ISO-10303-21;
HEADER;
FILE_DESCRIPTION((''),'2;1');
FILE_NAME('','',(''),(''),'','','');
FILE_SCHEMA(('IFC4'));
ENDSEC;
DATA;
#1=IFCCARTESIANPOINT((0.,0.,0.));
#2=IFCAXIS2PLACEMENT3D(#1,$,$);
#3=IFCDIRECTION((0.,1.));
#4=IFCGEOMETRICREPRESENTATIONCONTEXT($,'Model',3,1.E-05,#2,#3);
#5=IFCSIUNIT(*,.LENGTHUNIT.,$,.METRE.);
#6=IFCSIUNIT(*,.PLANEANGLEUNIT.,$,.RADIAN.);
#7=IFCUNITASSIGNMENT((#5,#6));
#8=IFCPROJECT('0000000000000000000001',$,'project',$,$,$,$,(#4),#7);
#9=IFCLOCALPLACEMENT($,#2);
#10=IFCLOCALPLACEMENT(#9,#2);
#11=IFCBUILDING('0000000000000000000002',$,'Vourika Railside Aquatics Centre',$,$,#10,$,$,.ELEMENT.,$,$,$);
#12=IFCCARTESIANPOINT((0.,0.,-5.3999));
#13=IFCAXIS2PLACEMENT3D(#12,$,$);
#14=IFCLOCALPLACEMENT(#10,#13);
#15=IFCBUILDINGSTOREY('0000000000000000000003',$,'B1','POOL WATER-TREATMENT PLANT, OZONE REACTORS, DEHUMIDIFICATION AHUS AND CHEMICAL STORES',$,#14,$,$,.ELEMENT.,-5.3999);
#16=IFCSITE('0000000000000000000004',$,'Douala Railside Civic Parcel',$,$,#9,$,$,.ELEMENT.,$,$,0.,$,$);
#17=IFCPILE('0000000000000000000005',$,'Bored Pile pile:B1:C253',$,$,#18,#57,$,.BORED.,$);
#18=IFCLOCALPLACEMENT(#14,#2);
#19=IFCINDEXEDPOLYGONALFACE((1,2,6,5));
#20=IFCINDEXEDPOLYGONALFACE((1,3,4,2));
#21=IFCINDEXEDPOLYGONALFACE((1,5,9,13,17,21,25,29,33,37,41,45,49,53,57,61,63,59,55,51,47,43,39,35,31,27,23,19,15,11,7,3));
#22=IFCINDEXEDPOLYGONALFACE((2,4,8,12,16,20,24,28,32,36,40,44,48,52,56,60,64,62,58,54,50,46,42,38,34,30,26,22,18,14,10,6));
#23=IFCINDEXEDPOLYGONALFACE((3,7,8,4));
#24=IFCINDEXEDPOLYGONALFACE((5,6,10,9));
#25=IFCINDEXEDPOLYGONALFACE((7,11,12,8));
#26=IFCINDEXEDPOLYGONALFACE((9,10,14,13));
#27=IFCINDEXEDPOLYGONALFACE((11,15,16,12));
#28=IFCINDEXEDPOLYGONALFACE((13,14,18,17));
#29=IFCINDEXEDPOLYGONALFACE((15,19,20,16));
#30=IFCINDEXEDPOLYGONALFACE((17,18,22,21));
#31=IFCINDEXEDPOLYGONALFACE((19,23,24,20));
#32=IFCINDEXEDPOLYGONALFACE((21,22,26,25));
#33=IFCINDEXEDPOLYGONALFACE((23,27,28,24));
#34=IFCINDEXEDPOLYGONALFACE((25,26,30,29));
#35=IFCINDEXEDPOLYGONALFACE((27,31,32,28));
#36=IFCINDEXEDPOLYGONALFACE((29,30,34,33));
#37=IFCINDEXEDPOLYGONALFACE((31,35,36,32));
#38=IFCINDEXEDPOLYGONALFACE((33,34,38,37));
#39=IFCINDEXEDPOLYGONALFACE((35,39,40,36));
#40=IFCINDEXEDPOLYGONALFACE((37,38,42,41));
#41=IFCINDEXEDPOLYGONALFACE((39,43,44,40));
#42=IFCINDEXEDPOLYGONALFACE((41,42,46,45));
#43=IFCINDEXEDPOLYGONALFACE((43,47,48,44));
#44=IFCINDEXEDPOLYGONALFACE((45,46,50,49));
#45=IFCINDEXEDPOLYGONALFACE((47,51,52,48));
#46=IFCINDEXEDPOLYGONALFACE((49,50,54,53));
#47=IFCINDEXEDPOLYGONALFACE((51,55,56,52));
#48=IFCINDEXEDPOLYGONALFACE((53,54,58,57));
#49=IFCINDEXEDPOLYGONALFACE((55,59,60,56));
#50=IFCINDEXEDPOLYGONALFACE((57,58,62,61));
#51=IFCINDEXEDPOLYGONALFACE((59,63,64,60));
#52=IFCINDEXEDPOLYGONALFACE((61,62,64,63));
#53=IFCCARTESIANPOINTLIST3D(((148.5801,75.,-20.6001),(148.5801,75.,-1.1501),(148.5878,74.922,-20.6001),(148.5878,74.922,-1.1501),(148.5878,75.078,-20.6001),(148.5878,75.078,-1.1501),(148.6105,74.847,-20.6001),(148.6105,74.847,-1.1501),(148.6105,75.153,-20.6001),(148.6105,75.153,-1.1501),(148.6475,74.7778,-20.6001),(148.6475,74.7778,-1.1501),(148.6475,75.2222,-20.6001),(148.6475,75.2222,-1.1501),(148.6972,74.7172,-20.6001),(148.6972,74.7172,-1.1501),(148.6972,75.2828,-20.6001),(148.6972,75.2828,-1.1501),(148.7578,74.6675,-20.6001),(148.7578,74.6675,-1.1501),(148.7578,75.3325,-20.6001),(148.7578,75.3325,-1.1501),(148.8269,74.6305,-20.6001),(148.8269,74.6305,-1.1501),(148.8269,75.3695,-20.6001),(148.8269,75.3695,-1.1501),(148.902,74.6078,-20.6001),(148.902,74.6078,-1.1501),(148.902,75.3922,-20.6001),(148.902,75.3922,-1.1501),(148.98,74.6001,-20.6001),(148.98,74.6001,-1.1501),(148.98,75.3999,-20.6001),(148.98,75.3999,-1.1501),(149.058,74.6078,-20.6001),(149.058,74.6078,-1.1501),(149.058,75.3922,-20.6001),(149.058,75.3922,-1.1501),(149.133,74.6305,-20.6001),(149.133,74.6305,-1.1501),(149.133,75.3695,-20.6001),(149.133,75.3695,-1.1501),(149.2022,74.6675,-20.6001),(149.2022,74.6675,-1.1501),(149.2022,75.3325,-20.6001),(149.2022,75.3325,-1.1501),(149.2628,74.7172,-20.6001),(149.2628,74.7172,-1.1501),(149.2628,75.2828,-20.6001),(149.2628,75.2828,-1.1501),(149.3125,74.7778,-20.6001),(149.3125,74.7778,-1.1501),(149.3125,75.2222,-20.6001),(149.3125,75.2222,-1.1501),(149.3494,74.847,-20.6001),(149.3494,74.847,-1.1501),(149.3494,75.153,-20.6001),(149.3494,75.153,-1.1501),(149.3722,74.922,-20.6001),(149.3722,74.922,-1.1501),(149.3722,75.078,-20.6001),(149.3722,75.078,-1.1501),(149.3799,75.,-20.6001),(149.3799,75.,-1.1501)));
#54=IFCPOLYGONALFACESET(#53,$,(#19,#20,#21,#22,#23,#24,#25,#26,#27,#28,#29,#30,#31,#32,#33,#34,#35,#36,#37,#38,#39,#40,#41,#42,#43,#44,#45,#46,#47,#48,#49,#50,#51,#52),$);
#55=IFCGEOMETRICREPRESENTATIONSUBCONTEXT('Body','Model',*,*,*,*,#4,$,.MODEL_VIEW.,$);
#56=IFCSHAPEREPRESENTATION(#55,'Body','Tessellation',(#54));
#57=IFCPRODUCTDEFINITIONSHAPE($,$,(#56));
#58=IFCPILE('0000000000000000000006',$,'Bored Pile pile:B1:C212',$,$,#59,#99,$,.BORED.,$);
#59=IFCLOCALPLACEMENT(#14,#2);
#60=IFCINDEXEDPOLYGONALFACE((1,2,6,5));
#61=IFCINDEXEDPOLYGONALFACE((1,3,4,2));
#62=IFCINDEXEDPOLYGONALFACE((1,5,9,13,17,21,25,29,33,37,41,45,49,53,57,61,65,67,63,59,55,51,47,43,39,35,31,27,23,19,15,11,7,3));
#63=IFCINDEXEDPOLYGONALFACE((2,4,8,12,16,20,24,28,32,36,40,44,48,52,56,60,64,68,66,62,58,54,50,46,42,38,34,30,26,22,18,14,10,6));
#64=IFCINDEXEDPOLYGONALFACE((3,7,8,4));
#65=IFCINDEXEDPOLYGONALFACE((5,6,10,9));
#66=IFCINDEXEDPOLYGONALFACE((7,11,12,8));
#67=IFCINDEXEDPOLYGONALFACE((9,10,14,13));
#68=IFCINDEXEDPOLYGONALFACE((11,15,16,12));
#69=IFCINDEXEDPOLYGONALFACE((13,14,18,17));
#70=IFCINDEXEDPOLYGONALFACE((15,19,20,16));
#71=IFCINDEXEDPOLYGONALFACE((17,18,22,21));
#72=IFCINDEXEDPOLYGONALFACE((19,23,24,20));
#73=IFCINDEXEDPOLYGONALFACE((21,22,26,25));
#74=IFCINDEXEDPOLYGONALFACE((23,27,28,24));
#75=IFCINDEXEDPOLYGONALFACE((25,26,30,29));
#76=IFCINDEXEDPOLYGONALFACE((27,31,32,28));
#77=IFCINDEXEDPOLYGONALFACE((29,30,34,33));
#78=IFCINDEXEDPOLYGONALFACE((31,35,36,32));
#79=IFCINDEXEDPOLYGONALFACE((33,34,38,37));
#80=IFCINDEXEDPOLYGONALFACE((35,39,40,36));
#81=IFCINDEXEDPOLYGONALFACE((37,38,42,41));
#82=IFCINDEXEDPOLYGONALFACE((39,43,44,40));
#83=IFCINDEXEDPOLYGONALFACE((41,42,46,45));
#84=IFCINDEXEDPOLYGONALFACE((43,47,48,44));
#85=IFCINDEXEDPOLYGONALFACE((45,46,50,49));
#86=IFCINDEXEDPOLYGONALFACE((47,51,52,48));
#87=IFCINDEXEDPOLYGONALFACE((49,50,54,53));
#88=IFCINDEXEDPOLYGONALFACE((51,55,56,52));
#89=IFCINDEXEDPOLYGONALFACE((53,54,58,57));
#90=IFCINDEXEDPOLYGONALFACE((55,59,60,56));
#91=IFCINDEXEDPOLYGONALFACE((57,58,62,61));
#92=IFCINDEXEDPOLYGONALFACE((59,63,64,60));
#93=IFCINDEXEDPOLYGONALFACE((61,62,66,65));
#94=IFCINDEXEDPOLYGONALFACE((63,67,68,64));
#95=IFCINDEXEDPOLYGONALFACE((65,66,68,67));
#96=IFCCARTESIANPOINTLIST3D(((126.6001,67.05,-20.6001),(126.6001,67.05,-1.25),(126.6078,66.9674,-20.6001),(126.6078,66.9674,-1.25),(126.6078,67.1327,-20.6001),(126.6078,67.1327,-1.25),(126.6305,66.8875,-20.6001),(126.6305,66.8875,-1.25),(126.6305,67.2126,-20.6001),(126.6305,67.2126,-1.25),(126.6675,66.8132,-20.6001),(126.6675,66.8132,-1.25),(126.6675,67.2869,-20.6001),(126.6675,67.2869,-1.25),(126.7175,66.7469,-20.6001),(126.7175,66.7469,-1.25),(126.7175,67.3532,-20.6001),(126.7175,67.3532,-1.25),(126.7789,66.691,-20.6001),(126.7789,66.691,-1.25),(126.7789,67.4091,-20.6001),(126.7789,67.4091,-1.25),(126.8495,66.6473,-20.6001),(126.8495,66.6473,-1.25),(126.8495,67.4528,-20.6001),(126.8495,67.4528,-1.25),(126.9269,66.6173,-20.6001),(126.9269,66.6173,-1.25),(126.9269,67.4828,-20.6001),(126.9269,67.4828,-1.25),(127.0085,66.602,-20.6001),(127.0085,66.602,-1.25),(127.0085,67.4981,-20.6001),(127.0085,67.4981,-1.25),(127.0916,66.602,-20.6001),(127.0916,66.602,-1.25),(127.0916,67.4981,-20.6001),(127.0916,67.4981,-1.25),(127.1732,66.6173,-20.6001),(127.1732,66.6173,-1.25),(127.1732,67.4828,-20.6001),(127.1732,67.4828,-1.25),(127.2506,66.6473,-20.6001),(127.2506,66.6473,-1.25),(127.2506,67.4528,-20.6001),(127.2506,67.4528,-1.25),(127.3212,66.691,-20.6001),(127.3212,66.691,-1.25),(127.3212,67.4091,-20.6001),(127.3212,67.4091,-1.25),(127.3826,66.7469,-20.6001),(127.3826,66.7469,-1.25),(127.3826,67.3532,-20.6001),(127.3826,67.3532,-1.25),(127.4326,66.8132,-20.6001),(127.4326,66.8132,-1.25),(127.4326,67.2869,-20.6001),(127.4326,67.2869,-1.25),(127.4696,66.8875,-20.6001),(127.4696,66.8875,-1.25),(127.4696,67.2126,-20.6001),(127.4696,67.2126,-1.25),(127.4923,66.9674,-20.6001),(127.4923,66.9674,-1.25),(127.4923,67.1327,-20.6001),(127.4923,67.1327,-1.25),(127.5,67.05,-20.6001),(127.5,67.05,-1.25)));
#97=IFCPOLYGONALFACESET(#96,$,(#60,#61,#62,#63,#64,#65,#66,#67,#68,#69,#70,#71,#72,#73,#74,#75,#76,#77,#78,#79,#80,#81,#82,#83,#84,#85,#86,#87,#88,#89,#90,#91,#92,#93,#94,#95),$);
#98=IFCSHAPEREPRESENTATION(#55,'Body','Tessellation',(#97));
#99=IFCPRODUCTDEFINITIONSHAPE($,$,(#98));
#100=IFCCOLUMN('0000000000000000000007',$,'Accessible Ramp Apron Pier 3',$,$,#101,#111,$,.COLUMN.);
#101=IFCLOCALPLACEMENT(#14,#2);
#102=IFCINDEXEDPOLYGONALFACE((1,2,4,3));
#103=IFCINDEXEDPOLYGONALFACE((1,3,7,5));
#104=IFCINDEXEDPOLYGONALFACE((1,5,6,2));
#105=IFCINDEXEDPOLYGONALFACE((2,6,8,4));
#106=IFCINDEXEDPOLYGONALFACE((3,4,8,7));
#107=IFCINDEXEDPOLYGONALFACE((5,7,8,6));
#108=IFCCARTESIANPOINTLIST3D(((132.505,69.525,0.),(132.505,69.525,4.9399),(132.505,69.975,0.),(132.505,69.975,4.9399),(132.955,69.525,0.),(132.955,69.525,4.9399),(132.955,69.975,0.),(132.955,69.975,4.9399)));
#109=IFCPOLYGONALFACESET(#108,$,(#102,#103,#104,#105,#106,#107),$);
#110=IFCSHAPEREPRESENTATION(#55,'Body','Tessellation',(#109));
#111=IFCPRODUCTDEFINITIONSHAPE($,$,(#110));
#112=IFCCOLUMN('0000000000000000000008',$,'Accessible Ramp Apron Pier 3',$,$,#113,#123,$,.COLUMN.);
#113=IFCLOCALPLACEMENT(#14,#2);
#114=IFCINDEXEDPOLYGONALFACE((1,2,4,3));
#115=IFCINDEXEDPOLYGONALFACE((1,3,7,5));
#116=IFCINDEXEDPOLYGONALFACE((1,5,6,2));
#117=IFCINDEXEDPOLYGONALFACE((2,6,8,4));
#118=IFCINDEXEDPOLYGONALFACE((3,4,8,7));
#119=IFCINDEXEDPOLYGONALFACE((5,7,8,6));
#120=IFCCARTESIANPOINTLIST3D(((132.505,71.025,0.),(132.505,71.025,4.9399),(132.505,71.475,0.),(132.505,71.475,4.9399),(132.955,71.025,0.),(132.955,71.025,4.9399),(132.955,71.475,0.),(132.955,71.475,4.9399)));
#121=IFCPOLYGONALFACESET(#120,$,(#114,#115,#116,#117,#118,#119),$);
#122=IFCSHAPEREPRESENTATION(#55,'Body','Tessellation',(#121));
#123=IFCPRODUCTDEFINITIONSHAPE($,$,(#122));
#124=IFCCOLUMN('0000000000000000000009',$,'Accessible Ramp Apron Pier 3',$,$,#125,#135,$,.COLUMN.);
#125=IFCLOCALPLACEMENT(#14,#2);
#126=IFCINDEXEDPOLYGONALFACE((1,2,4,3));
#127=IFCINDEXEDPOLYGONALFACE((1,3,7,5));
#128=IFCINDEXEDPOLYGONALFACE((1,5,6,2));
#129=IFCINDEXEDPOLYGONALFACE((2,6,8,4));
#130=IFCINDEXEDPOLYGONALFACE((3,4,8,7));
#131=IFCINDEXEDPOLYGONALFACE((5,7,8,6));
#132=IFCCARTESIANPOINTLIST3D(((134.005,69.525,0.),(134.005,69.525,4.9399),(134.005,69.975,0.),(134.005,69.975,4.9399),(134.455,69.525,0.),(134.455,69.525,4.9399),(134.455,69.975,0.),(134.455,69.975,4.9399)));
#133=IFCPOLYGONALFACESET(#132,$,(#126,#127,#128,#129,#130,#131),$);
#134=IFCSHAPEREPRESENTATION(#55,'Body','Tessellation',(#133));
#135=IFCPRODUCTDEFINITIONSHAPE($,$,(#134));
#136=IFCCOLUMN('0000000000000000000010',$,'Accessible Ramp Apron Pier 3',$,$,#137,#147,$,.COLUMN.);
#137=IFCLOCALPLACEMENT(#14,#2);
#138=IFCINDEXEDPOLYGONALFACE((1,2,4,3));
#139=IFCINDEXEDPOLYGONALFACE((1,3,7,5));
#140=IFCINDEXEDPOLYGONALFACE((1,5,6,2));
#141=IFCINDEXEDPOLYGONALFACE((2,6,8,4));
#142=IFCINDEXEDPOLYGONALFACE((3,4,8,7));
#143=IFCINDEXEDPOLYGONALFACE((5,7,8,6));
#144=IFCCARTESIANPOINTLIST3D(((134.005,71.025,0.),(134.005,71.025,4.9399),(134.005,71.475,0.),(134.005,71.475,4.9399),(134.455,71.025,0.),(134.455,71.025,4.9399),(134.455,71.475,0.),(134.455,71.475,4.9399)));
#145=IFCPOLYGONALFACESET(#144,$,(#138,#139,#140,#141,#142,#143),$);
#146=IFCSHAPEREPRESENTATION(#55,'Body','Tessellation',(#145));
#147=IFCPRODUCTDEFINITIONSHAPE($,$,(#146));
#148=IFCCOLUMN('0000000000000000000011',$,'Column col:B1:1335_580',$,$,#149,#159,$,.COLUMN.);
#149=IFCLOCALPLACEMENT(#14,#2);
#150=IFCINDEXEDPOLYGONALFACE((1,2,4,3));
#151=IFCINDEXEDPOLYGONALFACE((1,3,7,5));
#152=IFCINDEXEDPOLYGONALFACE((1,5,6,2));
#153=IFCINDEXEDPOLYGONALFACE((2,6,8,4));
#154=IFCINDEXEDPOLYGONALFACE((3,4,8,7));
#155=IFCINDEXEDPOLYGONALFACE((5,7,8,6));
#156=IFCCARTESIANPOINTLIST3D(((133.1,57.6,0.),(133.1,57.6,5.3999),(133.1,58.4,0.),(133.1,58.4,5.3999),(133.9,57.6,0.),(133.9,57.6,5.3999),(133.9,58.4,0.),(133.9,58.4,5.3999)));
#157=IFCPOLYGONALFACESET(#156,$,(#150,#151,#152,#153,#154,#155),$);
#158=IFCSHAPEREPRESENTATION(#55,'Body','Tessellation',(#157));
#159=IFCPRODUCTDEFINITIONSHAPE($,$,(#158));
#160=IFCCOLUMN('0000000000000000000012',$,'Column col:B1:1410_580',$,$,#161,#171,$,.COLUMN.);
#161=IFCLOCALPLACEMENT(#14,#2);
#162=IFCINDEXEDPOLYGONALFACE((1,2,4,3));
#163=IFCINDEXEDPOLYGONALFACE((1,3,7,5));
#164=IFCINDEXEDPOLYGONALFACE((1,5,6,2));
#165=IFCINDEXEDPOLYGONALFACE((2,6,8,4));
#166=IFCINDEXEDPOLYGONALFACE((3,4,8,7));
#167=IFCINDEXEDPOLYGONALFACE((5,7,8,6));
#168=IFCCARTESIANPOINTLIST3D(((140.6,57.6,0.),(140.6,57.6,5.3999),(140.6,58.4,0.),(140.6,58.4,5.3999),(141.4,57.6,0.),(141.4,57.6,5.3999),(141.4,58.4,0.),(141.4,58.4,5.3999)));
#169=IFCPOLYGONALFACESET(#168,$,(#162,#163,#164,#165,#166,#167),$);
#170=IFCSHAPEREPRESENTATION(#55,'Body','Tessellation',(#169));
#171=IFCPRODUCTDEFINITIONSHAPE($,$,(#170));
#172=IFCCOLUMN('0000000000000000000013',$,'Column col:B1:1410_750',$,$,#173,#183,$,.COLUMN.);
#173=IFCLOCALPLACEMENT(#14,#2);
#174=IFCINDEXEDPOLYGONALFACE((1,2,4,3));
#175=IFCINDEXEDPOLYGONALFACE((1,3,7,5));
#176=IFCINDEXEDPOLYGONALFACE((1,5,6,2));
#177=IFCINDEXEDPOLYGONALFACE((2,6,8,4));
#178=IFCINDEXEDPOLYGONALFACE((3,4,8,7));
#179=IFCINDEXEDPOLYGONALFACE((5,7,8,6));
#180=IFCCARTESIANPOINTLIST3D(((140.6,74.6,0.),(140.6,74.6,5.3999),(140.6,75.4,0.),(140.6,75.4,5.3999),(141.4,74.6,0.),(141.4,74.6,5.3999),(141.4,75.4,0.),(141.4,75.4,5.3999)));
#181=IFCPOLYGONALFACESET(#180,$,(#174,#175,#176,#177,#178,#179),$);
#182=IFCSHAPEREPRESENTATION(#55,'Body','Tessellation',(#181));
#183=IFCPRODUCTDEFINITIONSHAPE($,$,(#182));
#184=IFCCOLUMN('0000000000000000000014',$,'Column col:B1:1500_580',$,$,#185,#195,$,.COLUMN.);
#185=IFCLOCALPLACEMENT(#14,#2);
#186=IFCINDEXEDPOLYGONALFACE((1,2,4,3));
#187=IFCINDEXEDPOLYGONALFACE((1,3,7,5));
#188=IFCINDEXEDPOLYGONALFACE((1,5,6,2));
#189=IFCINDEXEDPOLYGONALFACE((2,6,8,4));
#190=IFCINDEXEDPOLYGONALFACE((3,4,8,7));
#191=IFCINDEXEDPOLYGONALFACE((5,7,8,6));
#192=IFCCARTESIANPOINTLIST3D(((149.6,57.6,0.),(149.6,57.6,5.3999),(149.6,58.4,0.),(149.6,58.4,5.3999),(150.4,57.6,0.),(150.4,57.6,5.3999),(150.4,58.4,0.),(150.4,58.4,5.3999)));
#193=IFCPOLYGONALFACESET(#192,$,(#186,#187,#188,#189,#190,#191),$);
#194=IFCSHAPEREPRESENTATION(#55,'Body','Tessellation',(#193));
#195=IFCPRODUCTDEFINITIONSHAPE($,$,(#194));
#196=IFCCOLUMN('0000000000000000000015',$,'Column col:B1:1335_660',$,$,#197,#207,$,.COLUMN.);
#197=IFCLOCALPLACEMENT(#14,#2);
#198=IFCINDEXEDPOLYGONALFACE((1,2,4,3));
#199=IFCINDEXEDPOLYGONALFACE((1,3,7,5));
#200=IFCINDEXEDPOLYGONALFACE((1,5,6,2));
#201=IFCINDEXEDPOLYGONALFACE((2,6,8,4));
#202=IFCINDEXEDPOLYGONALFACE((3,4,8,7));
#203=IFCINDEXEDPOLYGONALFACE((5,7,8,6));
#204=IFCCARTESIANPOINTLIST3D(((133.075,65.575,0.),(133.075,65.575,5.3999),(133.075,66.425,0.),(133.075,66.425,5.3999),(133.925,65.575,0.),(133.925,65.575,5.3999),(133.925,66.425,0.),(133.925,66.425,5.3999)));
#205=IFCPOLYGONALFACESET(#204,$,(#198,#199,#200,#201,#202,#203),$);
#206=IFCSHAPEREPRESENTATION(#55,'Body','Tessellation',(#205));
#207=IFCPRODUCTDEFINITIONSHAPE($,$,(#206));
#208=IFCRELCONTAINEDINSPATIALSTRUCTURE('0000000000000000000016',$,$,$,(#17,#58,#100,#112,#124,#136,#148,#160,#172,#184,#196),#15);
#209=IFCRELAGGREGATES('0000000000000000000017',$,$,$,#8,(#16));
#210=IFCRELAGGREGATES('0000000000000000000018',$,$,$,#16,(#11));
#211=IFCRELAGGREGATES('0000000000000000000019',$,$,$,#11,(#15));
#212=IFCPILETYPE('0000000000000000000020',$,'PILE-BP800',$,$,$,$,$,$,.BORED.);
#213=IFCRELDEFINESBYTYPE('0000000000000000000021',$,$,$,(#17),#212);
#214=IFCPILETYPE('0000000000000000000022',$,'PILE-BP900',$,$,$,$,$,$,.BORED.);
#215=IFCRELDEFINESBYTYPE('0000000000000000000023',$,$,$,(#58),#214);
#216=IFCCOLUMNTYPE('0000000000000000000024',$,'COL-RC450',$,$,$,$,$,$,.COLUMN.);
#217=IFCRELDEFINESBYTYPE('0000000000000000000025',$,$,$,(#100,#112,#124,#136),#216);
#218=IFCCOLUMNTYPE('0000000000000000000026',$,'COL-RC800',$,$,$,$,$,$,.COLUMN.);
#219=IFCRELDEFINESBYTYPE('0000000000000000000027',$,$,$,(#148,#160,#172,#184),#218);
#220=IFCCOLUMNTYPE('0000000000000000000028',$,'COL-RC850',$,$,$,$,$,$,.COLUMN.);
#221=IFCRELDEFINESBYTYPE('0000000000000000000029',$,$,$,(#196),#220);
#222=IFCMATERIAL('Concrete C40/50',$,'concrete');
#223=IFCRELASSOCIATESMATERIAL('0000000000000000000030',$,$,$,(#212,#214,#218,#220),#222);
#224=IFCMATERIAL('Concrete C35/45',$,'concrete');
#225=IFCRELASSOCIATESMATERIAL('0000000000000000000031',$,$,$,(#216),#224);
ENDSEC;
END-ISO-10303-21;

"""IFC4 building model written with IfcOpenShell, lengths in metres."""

from ifc_helpers import new_model, si_unit, direction, frame, origin, origin_2d, place, context, subcontext, project, spatial, rectangle, circle, extrude, material, material_profile, profile_set, type_object, element, save


model = new_model("IFC4")

# Units and contexts
model_context = context("Model", 3, precision=1e-05, world=origin(), true_north=direction((0.0, 1.0)))
body_context = subcontext(model_context, "Body", "Model", "MODEL_VIEW")
ifc_project = project(units=[si_unit("LENGTHUNIT", "METRE"), si_unit("PLANEANGLEUNIT", "RADIAN")], contexts=[model_context])

# Site, building, storey
site_placement = place(None, origin())
site = spatial("IfcSite", under=ifc_project, at=site_placement, Name="Douala Railside Civic Parcel", CompositionType="ELEMENT", RefElevation=0.0)
building_placement = place(site_placement, origin())
building = spatial("IfcBuilding", under=site, at=building_placement, Name="Vourika Railside Aquatics Centre", CompositionType="ELEMENT")
storey_placement = place(building_placement, frame((0.0, 0.0, -5.3999)))
storey = spatial("IfcBuildingStorey", under=building, at=storey_placement, Name="B1", Description="POOL WATER-TREATMENT PLANT, OZONE REACTORS, DEHUMIDIFICATION AHUS AND CHEMICAL STORES", CompositionType="ELEMENT", Elevation=-5.3999)

# Shared definitions
ifc_material_1 = material(Name="Concrete C40/50", Category="concrete")

# Piles
ifc_material_profile_1 = material_profile(ifc_material_1, circle(Radius=0.3999, at=origin_2d()), Name="BP 800")
ifc_profile_set_1 = profile_set([ifc_material_profile_1], Name="Concrete C40/50")
pile_type_1 = type_object("IfcPileType", Name="PILE-BP800", PredefinedType="BORED", material=ifc_profile_set_1)
for number, where, z_axis, x_axis, name in (
    (1, (148.98, 75.0, -1.1501), (0.0, 0.0, -1.0), (1.0, 0.0, 0.0), "Bored Pile pile:B1:C253"),
):
    element("IfcPile", number, at=place(storey_placement, frame(where, z_axis=z_axis, x_axis=x_axis)), inside=storey, type_object=pile_type_1, Name=name, PredefinedType="BORED", context=body_context, shape_type="SweptSolid", body=[
        extrude(circle(Radius=0.3999, at=origin_2d()), origin(), (0.0, 0.0, 1.0), 19.45),
    ])
ifc_material_profile_2 = material_profile(ifc_material_1, circle(Radius=0.45, at=origin_2d()), Name="BP 900")
ifc_profile_set_2 = profile_set([ifc_material_profile_2], Name="Concrete C40/50")
pile_type_2 = type_object("IfcPileType", Name="PILE-BP900", PredefinedType="BORED", material=ifc_profile_set_2)
pile_1_placement = place(storey_placement, frame((127.05, 67.05, -1.25), z_axis=(0.0, 0.0, -1.0), x_axis=(1.0, 0.0, 0.0)))
element("IfcPile", 2, at=pile_1_placement, inside=storey, type_object=pile_type_2, Name="Bored Pile pile:B1:C212", PredefinedType="BORED", context=body_context, shape_type="SweptSolid", body=[
    extrude(circle(Radius=0.45, at=origin_2d()), origin(), (0.0, 0.0, 1.0), 19.3501),
])

# Columns
ifc_material_2 = material(Name="Concrete C35/45", Category="concrete")
ifc_material_profile_3 = material_profile(ifc_material_2, rectangle(XDim=0.45, YDim=0.45, at=origin_2d()), Name="RC 450x450")
ifc_profile_set_3 = profile_set([ifc_material_profile_3], Name="Concrete C35/45")
column_type_1 = type_object("IfcColumnType", Name="COL-RC450", PredefinedType="COLUMN", material=ifc_profile_set_3)
for number, where, z_axis, x_axis, name in (
    (3, (132.73, 69.75, 0.0), (0.0, 0.0, 1.0), (1.0, 0.0, 0.0), "Accessible Ramp Apron Pier 3"),
    (4, (132.73, 71.25, 0.0), (0.0, 0.0, 1.0), (1.0, 0.0, 0.0), "Accessible Ramp Apron Pier 3"),
    (5, (134.23, 69.75, 0.0), (0.0, 0.0, 1.0), (1.0, 0.0, 0.0), "Accessible Ramp Apron Pier 3"),
    (6, (134.23, 71.25, 0.0), (0.0, 0.0, 1.0), (1.0, 0.0, 0.0), "Accessible Ramp Apron Pier 3"),
):
    element("IfcColumn", number, at=place(storey_placement, frame(where, z_axis=z_axis, x_axis=x_axis)), inside=storey, type_object=column_type_1, Name=name, PredefinedType="COLUMN", context=body_context, shape_type="SweptSolid", body=[
        extrude(rectangle(XDim=0.45, YDim=0.45, at=origin_2d()), origin(), (0.0, 0.0, 1.0), 4.9399),
    ])
ifc_material_profile_4 = material_profile(ifc_material_1, rectangle(XDim=0.8, YDim=0.8, at=origin_2d()), Name="RC 800x800")
ifc_profile_set_4 = profile_set([ifc_material_profile_4], Name="Concrete C40/50")
column_type_2 = type_object("IfcColumnType", Name="COL-RC800", PredefinedType="COLUMN", material=ifc_profile_set_4)
for number, where, z_axis, x_axis, name in (
    (7, (133.5, 58.0, 0.0), (0.0, 0.0, 1.0), (1.0, 0.0, 0.0), "Column col:B1:1335_580"),
    (8, (141.0, 58.0, 0.0), (0.0, 0.0, 1.0), (1.0, 0.0, 0.0), "Column col:B1:1410_580"),
    (9, (141.0, 75.0, 0.0), (0.0, 0.0, 1.0), (1.0, 0.0, 0.0), "Column col:B1:1410_750"),
    (10, (150.0, 58.0, 0.0), (0.0, 0.0, 1.0), (1.0, 0.0, 0.0), "Column col:B1:1500_580"),
):
    element("IfcColumn", number, at=place(storey_placement, frame(where, z_axis=z_axis, x_axis=x_axis)), inside=storey, type_object=column_type_2, Name=name, PredefinedType="COLUMN", context=body_context, shape_type="SweptSolid", body=[
        extrude(rectangle(XDim=0.8, YDim=0.8, at=origin_2d()), origin(), (0.0, 0.0, 1.0), 5.3999),
    ])
ifc_material_profile_5 = material_profile(ifc_material_1, rectangle(XDim=0.8501, YDim=0.8501, at=origin_2d()), Name="RC 850x850")
ifc_profile_set_5 = profile_set([ifc_material_profile_5], Name="Concrete C40/50")
column_type_3 = type_object("IfcColumnType", Name="COL-RC850", PredefinedType="COLUMN", material=ifc_profile_set_5)
for number, where, z_axis, x_axis, name in (
    (11, (133.5, 66.0, 0.0), (0.0, 0.0, 1.0), (1.0, 0.0, 0.0), "Column col:B1:1335_660"),
):
    element("IfcColumn", number, at=place(storey_placement, frame(where, z_axis=z_axis, x_axis=x_axis)), inside=storey, type_object=column_type_3, Name=name, PredefinedType="COLUMN", context=body_context, shape_type="SweptSolid", body=[
        extrude(rectangle(XDim=0.8501, YDim=0.8501, at=origin_2d()), origin(), (0.0, 0.0, 1.0), 5.3999),
    ])

save(model, "model.ifc")
